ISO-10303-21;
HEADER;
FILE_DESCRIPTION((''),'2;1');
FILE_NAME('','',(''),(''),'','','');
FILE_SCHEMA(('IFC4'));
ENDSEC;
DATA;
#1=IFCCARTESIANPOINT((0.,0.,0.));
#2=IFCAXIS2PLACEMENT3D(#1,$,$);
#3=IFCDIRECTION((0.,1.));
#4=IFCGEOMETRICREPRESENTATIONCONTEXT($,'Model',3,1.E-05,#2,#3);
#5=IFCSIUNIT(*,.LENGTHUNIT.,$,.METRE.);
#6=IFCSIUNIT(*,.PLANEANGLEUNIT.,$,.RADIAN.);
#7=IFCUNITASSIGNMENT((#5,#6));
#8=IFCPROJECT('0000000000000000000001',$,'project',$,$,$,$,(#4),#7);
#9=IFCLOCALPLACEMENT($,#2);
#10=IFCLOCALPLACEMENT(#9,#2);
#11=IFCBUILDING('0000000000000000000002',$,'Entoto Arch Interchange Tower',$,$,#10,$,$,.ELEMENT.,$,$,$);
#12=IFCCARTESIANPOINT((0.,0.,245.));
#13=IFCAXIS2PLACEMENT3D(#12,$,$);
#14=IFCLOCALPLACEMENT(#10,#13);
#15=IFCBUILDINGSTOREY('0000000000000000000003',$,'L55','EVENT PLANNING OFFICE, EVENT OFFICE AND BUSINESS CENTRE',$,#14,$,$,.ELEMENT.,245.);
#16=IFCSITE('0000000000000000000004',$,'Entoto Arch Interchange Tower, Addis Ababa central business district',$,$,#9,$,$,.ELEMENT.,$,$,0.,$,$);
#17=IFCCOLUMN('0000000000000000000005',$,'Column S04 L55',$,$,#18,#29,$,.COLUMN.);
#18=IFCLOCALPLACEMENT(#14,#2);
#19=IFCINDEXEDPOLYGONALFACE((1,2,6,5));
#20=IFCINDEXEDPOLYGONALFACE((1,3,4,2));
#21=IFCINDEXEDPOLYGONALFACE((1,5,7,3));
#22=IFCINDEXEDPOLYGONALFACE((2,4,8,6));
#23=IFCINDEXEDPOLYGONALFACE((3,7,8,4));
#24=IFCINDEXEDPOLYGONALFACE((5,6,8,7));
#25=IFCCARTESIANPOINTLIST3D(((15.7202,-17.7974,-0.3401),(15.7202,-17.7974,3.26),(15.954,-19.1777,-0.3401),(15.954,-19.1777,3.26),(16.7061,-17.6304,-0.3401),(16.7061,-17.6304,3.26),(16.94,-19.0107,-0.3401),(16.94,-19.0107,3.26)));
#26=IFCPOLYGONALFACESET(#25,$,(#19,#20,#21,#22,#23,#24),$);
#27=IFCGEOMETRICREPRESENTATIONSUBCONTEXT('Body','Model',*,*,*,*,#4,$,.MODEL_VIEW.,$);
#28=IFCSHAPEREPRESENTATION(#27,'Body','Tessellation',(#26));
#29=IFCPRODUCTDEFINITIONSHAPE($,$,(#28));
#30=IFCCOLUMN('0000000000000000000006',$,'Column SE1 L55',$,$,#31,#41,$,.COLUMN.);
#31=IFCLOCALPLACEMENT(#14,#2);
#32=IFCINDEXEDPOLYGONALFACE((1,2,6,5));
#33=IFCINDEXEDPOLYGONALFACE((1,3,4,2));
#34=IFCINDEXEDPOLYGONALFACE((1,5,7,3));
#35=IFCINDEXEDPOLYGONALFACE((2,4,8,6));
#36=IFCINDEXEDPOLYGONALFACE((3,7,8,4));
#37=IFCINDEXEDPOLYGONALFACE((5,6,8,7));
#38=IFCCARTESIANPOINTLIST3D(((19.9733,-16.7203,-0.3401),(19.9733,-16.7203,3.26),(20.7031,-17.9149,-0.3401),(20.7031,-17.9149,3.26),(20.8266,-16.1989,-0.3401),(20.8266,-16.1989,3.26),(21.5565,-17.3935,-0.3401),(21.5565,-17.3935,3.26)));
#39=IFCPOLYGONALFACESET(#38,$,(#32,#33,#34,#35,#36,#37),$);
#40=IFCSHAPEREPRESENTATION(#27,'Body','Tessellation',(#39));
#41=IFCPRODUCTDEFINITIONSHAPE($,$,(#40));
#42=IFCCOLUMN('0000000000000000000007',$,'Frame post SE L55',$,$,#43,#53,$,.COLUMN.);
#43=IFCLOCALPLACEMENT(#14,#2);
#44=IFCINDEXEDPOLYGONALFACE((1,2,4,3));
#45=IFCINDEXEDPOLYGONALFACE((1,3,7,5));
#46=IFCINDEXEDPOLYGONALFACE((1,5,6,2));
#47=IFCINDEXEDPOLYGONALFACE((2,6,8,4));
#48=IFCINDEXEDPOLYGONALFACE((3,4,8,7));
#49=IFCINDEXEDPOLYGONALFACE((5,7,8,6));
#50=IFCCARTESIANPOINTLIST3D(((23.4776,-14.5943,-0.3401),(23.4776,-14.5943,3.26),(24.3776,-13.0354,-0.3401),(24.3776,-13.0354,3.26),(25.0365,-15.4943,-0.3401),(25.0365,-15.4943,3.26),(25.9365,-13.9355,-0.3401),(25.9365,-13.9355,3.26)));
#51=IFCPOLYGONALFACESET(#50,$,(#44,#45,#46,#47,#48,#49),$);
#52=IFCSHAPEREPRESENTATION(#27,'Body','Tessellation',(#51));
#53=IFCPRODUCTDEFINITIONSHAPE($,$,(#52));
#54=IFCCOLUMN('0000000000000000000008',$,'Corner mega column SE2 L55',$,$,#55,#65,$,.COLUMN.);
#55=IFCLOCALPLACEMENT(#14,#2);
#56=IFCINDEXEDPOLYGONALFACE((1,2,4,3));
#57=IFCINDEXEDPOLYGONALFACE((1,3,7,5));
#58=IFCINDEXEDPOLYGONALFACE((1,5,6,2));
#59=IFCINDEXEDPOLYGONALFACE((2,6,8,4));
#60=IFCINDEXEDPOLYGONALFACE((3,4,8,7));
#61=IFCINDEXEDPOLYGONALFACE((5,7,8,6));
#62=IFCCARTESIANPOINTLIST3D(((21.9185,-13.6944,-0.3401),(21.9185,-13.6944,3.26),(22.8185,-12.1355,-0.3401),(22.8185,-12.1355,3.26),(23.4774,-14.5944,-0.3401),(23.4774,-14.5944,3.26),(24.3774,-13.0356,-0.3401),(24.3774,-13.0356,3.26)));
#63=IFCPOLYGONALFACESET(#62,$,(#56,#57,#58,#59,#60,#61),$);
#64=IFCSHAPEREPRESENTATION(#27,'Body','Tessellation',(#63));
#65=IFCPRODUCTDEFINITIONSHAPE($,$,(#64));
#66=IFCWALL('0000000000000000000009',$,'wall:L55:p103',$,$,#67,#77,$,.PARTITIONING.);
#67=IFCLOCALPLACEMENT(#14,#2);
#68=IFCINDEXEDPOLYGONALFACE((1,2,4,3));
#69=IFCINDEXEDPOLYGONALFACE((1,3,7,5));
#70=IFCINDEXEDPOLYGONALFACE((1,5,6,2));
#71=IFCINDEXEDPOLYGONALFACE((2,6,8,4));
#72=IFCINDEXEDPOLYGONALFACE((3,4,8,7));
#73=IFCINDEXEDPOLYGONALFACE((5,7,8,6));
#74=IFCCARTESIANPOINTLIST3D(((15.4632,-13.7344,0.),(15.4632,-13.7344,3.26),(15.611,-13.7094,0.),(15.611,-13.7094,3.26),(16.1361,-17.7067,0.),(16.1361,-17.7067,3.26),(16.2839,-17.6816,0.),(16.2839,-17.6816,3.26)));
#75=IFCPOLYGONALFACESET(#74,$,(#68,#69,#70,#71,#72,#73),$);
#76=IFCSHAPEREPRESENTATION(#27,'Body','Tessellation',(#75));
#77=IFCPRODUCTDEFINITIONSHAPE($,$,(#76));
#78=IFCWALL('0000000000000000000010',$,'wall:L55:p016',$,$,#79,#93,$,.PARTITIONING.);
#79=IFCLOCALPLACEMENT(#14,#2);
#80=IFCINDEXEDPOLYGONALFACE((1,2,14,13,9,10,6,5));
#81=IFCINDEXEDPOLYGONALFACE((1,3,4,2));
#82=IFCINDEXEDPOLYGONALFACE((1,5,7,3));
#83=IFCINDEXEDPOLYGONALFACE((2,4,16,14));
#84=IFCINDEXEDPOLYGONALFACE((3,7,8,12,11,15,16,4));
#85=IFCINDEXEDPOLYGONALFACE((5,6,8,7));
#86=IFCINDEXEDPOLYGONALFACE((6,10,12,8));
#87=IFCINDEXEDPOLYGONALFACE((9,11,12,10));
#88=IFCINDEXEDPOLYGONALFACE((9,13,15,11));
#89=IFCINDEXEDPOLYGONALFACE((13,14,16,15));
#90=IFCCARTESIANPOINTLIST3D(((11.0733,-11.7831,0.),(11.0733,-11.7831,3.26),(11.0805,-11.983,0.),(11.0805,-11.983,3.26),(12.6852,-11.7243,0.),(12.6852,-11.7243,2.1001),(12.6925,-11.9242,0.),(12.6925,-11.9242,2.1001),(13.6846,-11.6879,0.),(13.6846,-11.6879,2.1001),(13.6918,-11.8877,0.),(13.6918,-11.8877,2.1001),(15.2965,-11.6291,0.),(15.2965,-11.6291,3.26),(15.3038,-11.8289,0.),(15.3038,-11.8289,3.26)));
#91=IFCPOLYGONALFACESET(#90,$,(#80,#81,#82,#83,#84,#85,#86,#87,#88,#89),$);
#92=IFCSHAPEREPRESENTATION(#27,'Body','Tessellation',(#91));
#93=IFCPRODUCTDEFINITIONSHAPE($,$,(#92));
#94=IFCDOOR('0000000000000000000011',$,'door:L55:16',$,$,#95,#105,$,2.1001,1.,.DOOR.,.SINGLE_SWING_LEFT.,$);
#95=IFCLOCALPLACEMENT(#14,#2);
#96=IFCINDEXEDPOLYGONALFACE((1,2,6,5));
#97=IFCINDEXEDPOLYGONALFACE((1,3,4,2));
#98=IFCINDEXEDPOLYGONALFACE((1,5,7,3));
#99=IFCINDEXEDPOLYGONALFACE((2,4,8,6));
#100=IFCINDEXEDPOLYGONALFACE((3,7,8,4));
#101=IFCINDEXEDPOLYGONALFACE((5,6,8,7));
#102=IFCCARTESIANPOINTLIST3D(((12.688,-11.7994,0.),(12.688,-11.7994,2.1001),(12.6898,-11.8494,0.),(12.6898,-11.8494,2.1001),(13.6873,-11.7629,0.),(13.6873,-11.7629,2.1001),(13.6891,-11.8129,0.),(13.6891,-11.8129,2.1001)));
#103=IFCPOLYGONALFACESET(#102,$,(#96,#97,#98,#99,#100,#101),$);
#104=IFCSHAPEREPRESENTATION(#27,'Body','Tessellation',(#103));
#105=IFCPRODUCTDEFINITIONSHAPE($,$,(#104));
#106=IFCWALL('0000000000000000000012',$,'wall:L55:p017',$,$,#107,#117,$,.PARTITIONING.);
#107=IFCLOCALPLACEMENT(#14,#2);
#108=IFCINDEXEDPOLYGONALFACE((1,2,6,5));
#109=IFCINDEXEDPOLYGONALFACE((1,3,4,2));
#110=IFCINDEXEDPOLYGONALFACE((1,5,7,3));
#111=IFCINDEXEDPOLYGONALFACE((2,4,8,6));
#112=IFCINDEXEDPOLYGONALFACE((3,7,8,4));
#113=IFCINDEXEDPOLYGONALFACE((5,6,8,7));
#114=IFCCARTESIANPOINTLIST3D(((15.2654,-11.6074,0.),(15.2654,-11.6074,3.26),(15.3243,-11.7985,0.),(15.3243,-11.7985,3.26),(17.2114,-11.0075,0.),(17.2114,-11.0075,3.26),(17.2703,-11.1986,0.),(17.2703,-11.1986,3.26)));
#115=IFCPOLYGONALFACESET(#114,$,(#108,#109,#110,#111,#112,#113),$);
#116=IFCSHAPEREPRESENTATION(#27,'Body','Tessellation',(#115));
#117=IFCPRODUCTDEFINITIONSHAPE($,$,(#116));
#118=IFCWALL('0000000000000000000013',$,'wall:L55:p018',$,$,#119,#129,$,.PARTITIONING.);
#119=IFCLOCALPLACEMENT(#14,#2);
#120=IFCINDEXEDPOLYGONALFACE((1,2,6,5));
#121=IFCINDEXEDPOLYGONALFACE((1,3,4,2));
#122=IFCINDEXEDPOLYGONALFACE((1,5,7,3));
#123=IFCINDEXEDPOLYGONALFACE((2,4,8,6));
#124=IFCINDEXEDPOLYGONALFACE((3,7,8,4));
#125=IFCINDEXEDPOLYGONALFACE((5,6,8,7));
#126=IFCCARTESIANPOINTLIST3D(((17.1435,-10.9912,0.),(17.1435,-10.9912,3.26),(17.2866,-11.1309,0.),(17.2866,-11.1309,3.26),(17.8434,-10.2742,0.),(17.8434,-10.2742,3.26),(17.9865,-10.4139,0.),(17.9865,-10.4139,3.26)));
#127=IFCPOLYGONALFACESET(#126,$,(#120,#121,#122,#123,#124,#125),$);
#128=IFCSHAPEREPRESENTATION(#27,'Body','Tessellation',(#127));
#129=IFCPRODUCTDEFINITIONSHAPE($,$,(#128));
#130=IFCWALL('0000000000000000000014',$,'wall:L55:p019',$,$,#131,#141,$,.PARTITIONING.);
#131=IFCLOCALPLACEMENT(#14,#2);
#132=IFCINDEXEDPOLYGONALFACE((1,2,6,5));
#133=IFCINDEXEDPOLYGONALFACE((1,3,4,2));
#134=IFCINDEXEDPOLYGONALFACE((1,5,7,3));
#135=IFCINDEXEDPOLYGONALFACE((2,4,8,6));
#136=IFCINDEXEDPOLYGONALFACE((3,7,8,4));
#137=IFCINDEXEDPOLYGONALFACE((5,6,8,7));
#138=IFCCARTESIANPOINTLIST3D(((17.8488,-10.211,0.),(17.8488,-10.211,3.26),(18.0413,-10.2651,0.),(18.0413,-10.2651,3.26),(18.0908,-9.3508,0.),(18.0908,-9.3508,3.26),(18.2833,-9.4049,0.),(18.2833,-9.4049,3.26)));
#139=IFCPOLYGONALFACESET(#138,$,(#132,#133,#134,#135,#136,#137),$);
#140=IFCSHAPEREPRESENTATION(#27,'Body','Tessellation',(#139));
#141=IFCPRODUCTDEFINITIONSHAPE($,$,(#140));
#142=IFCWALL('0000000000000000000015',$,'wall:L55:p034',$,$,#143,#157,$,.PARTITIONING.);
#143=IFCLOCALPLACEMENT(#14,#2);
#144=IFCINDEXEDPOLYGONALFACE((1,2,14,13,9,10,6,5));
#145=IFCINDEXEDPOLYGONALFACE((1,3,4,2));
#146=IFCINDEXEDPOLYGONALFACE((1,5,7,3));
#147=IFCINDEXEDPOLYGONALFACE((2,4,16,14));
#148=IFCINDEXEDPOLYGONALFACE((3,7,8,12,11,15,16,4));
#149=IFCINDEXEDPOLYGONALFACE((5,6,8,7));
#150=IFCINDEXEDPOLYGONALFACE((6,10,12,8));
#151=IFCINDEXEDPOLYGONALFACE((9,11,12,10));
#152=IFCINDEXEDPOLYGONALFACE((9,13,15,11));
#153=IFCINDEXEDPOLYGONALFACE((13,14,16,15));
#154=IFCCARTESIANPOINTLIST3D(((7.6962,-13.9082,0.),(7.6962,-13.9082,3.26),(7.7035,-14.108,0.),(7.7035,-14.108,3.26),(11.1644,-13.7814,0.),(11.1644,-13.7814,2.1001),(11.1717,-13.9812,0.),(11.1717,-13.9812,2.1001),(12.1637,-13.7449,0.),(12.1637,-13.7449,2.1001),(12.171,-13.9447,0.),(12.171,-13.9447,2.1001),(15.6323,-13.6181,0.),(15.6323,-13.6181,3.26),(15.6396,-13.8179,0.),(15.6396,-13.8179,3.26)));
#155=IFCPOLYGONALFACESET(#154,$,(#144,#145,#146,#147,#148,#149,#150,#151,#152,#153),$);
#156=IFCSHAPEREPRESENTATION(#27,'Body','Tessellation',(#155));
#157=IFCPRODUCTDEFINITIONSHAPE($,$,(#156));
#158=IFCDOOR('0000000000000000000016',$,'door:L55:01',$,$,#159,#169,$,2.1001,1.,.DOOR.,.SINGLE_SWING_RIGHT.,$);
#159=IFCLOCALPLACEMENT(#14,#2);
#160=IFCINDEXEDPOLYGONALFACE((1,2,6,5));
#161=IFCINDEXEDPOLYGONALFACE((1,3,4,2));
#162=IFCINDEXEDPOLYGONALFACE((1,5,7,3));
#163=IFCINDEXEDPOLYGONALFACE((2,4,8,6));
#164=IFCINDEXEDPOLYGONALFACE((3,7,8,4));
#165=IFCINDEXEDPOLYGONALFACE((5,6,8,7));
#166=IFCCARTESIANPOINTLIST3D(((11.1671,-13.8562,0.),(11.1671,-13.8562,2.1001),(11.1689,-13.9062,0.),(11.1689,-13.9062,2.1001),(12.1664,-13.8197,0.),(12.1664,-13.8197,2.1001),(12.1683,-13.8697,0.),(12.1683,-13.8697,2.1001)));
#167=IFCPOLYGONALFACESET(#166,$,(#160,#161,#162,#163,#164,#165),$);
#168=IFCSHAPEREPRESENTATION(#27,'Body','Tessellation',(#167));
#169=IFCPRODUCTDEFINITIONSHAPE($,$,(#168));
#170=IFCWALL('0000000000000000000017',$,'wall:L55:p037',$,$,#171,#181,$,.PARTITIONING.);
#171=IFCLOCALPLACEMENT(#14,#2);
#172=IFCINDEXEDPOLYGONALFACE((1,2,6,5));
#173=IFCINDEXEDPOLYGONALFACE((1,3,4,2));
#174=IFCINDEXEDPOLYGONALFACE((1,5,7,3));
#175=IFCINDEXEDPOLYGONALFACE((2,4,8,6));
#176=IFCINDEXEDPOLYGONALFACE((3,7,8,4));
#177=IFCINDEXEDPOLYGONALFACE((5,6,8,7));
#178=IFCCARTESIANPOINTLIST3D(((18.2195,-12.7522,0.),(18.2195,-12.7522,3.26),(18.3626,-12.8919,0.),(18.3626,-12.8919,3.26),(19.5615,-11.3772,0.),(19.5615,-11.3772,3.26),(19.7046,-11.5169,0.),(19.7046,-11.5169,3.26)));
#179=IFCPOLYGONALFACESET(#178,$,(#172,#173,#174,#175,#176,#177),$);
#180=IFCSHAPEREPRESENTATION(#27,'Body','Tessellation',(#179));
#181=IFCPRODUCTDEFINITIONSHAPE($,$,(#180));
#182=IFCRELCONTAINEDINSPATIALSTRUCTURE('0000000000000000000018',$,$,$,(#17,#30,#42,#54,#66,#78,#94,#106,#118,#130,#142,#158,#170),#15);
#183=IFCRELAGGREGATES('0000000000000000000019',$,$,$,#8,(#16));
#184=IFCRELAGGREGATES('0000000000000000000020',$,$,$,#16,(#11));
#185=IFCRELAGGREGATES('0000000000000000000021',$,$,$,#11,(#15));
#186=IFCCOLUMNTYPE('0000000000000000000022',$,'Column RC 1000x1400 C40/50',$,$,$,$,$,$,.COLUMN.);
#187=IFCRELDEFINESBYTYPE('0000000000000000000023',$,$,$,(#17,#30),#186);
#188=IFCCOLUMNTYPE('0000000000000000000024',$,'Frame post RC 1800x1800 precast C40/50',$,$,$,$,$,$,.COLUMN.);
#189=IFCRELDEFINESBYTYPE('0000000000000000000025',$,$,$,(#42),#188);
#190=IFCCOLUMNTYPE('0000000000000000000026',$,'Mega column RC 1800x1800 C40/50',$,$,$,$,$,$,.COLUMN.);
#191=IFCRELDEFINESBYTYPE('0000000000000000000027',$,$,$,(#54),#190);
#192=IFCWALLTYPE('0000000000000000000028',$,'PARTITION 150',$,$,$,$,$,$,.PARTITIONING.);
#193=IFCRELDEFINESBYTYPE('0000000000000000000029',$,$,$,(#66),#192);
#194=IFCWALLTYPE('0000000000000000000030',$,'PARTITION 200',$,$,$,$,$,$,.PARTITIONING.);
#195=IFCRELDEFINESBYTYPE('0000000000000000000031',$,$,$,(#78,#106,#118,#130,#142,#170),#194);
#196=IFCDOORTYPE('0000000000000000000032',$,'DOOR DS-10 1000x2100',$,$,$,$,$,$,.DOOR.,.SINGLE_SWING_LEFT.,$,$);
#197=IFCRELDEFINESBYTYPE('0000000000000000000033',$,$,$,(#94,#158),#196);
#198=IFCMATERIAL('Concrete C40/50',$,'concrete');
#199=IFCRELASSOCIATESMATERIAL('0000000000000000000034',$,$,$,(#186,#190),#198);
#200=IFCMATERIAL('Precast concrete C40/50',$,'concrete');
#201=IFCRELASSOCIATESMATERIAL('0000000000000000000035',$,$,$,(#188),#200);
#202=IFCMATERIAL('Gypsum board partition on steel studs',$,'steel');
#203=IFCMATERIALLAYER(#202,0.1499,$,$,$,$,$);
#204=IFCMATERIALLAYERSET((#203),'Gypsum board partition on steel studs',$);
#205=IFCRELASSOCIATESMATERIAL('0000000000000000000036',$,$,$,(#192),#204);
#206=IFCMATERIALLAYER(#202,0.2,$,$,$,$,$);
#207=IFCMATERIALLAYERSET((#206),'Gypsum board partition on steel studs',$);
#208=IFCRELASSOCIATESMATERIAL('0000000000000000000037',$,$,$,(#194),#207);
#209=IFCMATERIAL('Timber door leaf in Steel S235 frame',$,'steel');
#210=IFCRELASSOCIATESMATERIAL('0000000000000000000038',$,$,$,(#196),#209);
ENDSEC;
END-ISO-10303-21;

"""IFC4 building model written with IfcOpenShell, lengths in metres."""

from ifc_helpers import new_model, si_unit, direction, frame, frame_2d, origin, origin_2d, place, context, subcontext, project, spatial, rectangle, extrude, material, layer, layer_set, material_profile, profile_set, type_object, element, fill, save


model = new_model("IFC4")

# Units and contexts
model_context = context("Model", 3, precision=1e-05, world=origin(), true_north=direction((0.0, 1.0)))
body_context = subcontext(model_context, "Body", "Model", "MODEL_VIEW")
ifc_project = project(units=[si_unit("LENGTHUNIT", "METRE"), si_unit("PLANEANGLEUNIT", "RADIAN")], contexts=[model_context])

# Site, building, storey
site_placement = place(None, origin())
site = spatial("IfcSite", under=ifc_project, at=site_placement, Name="Entoto Arch Interchange Tower, Addis Ababa central business district", CompositionType="ELEMENT", RefElevation=0.0)
building_placement = place(site_placement, origin())
building = spatial("IfcBuilding", under=site, at=building_placement, Name="Entoto Arch Interchange Tower", CompositionType="ELEMENT")
storey_placement = place(building_placement, frame((0.0, 0.0, 245.0)))
storey = spatial("IfcBuildingStorey", under=building, at=storey_placement, Name="L55", Description="EVENT PLANNING OFFICE, EVENT OFFICE AND BUSINESS CENTRE", CompositionType="ELEMENT", Elevation=245.0)

# Columns
ifc_material_1 = material(Name="Concrete C40/50", Category="concrete")
ifc_material_profile_1 = material_profile(ifc_material_1, rectangle(XDim=1.0, YDim=1.3999, at=origin_2d()))
ifc_profile_set_1 = profile_set([ifc_material_profile_1], Name="Concrete C40/50")
column_type_1 = type_object("IfcColumnType", Name="Column RC 1000x1400 C40/50", PredefinedType="COLUMN", material=ifc_profile_set_1)
for number, where, z_axis, x_axis, name in (
    (1, (16.3301, -18.4041, -0.3401), (0.0, 0.0, 1.0), (0.985952, 0.167027, 0.0), "Column S04 L55"),
    (2, (20.7649, -17.0569, -0.3401), (0.0, 0.0, 1.0), (0.853342, 0.521352, 0.0), "Column SE1 L55"),
):
    element("IfcColumn", number, at=place(storey_placement, frame(where, z_axis=z_axis, x_axis=x_axis)), inside=storey, type_object=column_type_1, Name=name, PredefinedType="COLUMN", context=body_context, shape_type="SweptSolid", body=[
        extrude(rectangle(XDim=1.0, YDim=1.3999, at=origin_2d()), origin(), (0.0, 0.0, 1.0), 3.6001),
    ])
ifc_material_2 = material(Name="Precast concrete C40/50", Category="concrete")
ifc_material_profile_2 = material_profile(ifc_material_2, rectangle(XDim=1.8, YDim=1.8, at=origin_2d()))
ifc_profile_set_2 = profile_set([ifc_material_profile_2], Name="Precast concrete C40/50")
column_type_2 = type_object("IfcColumnType", Name="Frame post RC 1800x1800 precast C40/50", PredefinedType="COLUMN", material=ifc_profile_set_2)
column_1_placement = place(storey_placement, frame((24.707, -14.2649, -0.3401), z_axis=(0.0, 0.0, 1.0), x_axis=(-0.866025, 0.5, 0.0)))
element("IfcColumn", 3, at=column_1_placement, inside=storey, type_object=column_type_2, Name="Frame post SE L55", PredefinedType="COLUMN", context=body_context, shape_type="SweptSolid", body=[
    extrude(rectangle(XDim=1.8, YDim=1.8, at=origin_2d()), origin(), (0.0, 0.0, 1.0), 3.6001),
])
ifc_material_profile_3 = material_profile(ifc_material_1, rectangle(XDim=1.8, YDim=1.8, at=origin_2d()))
ifc_profile_set_3 = profile_set([ifc_material_profile_3], Name="Concrete C40/50")
column_type_3 = type_object("IfcColumnType", Name="Mega column RC 1800x1800 C40/50", PredefinedType="COLUMN", material=ifc_profile_set_3)
column_2_placement = place(storey_placement, frame((23.1479, -13.365, -0.3401), z_axis=(0.0, 0.0, 1.0), x_axis=(-0.866025, 0.5, 0.0)))
element("IfcColumn", 4, at=column_2_placement, inside=storey, type_object=column_type_3, Name="Corner mega column SE2 L55", PredefinedType="COLUMN", context=body_context, shape_type="SweptSolid", body=[
    extrude(rectangle(XDim=1.8, YDim=1.8, at=origin_2d()), origin(), (0.0, 0.0, 1.0), 3.6001),
])

# Wall
ifc_material_3 = material(Name="Gypsum board partition on steel studs", Category="steel")
ifc_layer_1 = layer(ifc_material_3, 0.1499)
ifc_layer_set_1 = layer_set([ifc_layer_1], Name="Gypsum board partition on steel studs")
wall_type_1 = type_object("IfcWallType", Name="PARTITION 150", PredefinedType="PARTITIONING", material=ifc_layer_set_1)
wall_1_placement = place(storey_placement, frame((15.5371, -13.7219, 0.0), z_axis=(0.0, 0.0, 1.0), x_axis=(0.167012, -0.985955, 0.0)))
element("IfcWall", 5, at=wall_1_placement, inside=storey, type_object=wall_type_1, Name="wall:L55:p103", PredefinedType="PARTITIONING", context=body_context, shape_type="SweptSolid", body=[
    extrude(rectangle(XDim=4.0288, YDim=0.1499, at=frame_2d((2.0144, 0.0))), origin(), (0.0, 0.0, 1.0), 3.26),
])

# Wall, opening, door
ifc_layer_2 = layer(ifc_material_3, 0.2)
ifc_layer_set_2 = layer_set([ifc_layer_2], Name="Gypsum board partition on steel studs")
wall_type_2 = type_object("IfcWallType", Name="PARTITION 200", PredefinedType="PARTITIONING", material=ifc_layer_set_2)
wall_2_placement = place(storey_placement, frame((11.0769, -11.8831, 0.0), z_axis=(0.0, 0.0, 1.0), x_axis=(0.999335, 0.036454, 0.0)))
wall_2 = element("IfcWall", 6, at=wall_2_placement, inside=storey, type_object=wall_type_2, Name="wall:L55:p016", PredefinedType="PARTITIONING", context=body_context, shape_type="SweptSolid", body=[
    extrude(rectangle(XDim=4.2261, YDim=0.2, at=frame_2d((2.113, 0.0))), origin(), (0.0, 0.0, 1.0), 3.26),
])
opening_1_placement = place(wall_2_placement, frame((1.613, 0.0, 0.0)))
opening_1 = element("IfcOpeningElement", 7, at=opening_1_placement, cuts=wall_2, PredefinedType="OPENING", context=body_context, shape_type="SweptSolid", body=[
    extrude(rectangle(XDim=1.0, YDim=2.1001, at=frame_2d((0.5, 1.05))), frame((0.0, 0.1099, 0.0), z_axis=(0.0, -1.0, 0.0), x_axis=(1.0, 0.0, 0.0)), (0.0, 0.0, 1.0), 0.22),
])
ifc_material_4 = material(Name="Timber door leaf in Steel S235 frame", Category="steel")
door_type = type_object("IfcDoorType", Name="DOOR DS-10 1000x2100", OperationType="SINGLE_SWING_LEFT", PredefinedType="DOOR", material=ifc_material_4)
door_1_placement = place(opening_1_placement, origin())
door_1 = element("IfcDoor", 8, at=door_1_placement, inside=storey, type_object=door_type, Name="door:L55:16", OperationType="SINGLE_SWING_LEFT", OverallHeight=2.1001, OverallWidth=1.0, PredefinedType="DOOR", context=body_context, shape_type="SweptSolid", body=[
    extrude(rectangle(XDim=1.0, YDim=2.1001, at=frame_2d((0.5, 1.05))), frame((0.0, 0.0249, 0.0), z_axis=(0.0, -1.0, 0.0), x_axis=(1.0, 0.0, 0.0)), (0.0, 0.0, 1.0), 0.05),
])
fill(opening_1, door_1)

# Walls
wall_3_placement = place(storey_placement, frame((15.2949, -11.7029, 0.0), z_axis=(0.0, 0.0, 1.0), x_axis=(0.955631, 0.294566, 0.0)))
element("IfcWall", 9, at=wall_3_placement, inside=storey, type_object=wall_type_2, Name="wall:L55:p017", PredefinedType="PARTITIONING", context=body_context, shape_type="SweptSolid", body=[
    extrude(rectangle(XDim=2.0364, YDim=0.2, at=frame_2d((1.0181, 0.0))), origin(), (0.0, 0.0, 1.0), 3.26),
])
wall_4_placement = place(storey_placement, frame((17.2151, -11.061, 0.0), z_axis=(0.0, 0.0, 1.0), x_axis=(0.698528, 0.715583, 0.0)))
element("IfcWall", 10, at=wall_4_placement, inside=storey, type_object=wall_type_2, Name="wall:L55:p018", PredefinedType="PARTITIONING", context=body_context, shape_type="SweptSolid", body=[
    extrude(rectangle(XDim=1.002, YDim=0.2, at=frame_2d((0.501, 0.0))), origin(), (0.0, 0.0, 1.0), 3.26),
])
wall_5_placement = place(storey_placement, frame((17.9451, -10.238, 0.0), z_axis=(0.0, 0.0, 1.0), x_axis=(0.270785, 0.96264, 0.0)))
element("IfcWall", 11, at=wall_5_placement, inside=storey, type_object=wall_type_2, Name="wall:L55:p019", PredefinedType="PARTITIONING", context=body_context, shape_type="SweptSolid", body=[
    extrude(rectangle(XDim=0.8936, YDim=0.2, at=frame_2d((0.4468, 0.0))), origin(), (0.0, 0.0, 1.0), 3.26),
])

# Wall, opening, door
wall_6_placement = place(storey_placement, frame((15.636, -13.718, 0.0), z_axis=(0.0, 0.0, 1.0), x_axis=(-0.999333, -0.036523, 0.0)))
wall_6 = element("IfcWall", 12, at=wall_6_placement, inside=storey, type_object=wall_type_2, Name="wall:L55:p034", PredefinedType="PARTITIONING", context=body_context, shape_type="SweptSolid", body=[
    extrude(rectangle(XDim=7.9414, YDim=0.2, at=frame_2d((3.9707, 0.0))), origin(), (0.0, 0.0, 1.0), 3.26),
])
opening_2_placement = place(wall_6_placement, frame((3.4709, 0.0, 0.0)))
opening_2 = element("IfcOpeningElement", 13, at=opening_2_placement, cuts=wall_6, PredefinedType="OPENING", context=body_context, shape_type="SweptSolid", body=[
    extrude(rectangle(XDim=1.0, YDim=2.1001, at=frame_2d((0.5, 1.05))), frame((0.0, 0.1099, 0.0), z_axis=(0.0, -1.0, 0.0), x_axis=(1.0, 0.0, 0.0)), (0.0, 0.0, 1.0), 0.22),
])
door_2_placement = place(opening_2_placement, origin())
door_2 = element("IfcDoor", 14, at=door_2_placement, inside=storey, type_object=door_type, Name="door:L55:01", OperationType="SINGLE_SWING_RIGHT", OverallHeight=2.1001, OverallWidth=1.0, PredefinedType="DOOR", context=body_context, shape_type="SweptSolid", body=[
    extrude(rectangle(XDim=1.0, YDim=2.1001, at=frame_2d((0.5, 1.05))), frame((0.0, 0.0249, 0.0), z_axis=(0.0, -1.0, 0.0), x_axis=(1.0, 0.0, 0.0)), (0.0, 0.0, 1.0), 0.05),
])
fill(opening_2, door_2)

# Wall
wall_7_placement = place(storey_placement, frame((19.6331, -11.447, 0.0), z_axis=(0.0, 0.0, 1.0), x_axis=(-0.698478, -0.715632, 0.0)))
element("IfcWall", 15, at=wall_7_placement, inside=storey, type_object=wall_type_2, Name="wall:L55:p037", PredefinedType="PARTITIONING", context=body_context, shape_type="SweptSolid", body=[
    extrude(rectangle(XDim=1.9214, YDim=0.2, at=frame_2d((0.9607, 0.0))), origin(), (0.0, 0.0, 1.0), 3.26),
])

save(model, "model.ifc")
